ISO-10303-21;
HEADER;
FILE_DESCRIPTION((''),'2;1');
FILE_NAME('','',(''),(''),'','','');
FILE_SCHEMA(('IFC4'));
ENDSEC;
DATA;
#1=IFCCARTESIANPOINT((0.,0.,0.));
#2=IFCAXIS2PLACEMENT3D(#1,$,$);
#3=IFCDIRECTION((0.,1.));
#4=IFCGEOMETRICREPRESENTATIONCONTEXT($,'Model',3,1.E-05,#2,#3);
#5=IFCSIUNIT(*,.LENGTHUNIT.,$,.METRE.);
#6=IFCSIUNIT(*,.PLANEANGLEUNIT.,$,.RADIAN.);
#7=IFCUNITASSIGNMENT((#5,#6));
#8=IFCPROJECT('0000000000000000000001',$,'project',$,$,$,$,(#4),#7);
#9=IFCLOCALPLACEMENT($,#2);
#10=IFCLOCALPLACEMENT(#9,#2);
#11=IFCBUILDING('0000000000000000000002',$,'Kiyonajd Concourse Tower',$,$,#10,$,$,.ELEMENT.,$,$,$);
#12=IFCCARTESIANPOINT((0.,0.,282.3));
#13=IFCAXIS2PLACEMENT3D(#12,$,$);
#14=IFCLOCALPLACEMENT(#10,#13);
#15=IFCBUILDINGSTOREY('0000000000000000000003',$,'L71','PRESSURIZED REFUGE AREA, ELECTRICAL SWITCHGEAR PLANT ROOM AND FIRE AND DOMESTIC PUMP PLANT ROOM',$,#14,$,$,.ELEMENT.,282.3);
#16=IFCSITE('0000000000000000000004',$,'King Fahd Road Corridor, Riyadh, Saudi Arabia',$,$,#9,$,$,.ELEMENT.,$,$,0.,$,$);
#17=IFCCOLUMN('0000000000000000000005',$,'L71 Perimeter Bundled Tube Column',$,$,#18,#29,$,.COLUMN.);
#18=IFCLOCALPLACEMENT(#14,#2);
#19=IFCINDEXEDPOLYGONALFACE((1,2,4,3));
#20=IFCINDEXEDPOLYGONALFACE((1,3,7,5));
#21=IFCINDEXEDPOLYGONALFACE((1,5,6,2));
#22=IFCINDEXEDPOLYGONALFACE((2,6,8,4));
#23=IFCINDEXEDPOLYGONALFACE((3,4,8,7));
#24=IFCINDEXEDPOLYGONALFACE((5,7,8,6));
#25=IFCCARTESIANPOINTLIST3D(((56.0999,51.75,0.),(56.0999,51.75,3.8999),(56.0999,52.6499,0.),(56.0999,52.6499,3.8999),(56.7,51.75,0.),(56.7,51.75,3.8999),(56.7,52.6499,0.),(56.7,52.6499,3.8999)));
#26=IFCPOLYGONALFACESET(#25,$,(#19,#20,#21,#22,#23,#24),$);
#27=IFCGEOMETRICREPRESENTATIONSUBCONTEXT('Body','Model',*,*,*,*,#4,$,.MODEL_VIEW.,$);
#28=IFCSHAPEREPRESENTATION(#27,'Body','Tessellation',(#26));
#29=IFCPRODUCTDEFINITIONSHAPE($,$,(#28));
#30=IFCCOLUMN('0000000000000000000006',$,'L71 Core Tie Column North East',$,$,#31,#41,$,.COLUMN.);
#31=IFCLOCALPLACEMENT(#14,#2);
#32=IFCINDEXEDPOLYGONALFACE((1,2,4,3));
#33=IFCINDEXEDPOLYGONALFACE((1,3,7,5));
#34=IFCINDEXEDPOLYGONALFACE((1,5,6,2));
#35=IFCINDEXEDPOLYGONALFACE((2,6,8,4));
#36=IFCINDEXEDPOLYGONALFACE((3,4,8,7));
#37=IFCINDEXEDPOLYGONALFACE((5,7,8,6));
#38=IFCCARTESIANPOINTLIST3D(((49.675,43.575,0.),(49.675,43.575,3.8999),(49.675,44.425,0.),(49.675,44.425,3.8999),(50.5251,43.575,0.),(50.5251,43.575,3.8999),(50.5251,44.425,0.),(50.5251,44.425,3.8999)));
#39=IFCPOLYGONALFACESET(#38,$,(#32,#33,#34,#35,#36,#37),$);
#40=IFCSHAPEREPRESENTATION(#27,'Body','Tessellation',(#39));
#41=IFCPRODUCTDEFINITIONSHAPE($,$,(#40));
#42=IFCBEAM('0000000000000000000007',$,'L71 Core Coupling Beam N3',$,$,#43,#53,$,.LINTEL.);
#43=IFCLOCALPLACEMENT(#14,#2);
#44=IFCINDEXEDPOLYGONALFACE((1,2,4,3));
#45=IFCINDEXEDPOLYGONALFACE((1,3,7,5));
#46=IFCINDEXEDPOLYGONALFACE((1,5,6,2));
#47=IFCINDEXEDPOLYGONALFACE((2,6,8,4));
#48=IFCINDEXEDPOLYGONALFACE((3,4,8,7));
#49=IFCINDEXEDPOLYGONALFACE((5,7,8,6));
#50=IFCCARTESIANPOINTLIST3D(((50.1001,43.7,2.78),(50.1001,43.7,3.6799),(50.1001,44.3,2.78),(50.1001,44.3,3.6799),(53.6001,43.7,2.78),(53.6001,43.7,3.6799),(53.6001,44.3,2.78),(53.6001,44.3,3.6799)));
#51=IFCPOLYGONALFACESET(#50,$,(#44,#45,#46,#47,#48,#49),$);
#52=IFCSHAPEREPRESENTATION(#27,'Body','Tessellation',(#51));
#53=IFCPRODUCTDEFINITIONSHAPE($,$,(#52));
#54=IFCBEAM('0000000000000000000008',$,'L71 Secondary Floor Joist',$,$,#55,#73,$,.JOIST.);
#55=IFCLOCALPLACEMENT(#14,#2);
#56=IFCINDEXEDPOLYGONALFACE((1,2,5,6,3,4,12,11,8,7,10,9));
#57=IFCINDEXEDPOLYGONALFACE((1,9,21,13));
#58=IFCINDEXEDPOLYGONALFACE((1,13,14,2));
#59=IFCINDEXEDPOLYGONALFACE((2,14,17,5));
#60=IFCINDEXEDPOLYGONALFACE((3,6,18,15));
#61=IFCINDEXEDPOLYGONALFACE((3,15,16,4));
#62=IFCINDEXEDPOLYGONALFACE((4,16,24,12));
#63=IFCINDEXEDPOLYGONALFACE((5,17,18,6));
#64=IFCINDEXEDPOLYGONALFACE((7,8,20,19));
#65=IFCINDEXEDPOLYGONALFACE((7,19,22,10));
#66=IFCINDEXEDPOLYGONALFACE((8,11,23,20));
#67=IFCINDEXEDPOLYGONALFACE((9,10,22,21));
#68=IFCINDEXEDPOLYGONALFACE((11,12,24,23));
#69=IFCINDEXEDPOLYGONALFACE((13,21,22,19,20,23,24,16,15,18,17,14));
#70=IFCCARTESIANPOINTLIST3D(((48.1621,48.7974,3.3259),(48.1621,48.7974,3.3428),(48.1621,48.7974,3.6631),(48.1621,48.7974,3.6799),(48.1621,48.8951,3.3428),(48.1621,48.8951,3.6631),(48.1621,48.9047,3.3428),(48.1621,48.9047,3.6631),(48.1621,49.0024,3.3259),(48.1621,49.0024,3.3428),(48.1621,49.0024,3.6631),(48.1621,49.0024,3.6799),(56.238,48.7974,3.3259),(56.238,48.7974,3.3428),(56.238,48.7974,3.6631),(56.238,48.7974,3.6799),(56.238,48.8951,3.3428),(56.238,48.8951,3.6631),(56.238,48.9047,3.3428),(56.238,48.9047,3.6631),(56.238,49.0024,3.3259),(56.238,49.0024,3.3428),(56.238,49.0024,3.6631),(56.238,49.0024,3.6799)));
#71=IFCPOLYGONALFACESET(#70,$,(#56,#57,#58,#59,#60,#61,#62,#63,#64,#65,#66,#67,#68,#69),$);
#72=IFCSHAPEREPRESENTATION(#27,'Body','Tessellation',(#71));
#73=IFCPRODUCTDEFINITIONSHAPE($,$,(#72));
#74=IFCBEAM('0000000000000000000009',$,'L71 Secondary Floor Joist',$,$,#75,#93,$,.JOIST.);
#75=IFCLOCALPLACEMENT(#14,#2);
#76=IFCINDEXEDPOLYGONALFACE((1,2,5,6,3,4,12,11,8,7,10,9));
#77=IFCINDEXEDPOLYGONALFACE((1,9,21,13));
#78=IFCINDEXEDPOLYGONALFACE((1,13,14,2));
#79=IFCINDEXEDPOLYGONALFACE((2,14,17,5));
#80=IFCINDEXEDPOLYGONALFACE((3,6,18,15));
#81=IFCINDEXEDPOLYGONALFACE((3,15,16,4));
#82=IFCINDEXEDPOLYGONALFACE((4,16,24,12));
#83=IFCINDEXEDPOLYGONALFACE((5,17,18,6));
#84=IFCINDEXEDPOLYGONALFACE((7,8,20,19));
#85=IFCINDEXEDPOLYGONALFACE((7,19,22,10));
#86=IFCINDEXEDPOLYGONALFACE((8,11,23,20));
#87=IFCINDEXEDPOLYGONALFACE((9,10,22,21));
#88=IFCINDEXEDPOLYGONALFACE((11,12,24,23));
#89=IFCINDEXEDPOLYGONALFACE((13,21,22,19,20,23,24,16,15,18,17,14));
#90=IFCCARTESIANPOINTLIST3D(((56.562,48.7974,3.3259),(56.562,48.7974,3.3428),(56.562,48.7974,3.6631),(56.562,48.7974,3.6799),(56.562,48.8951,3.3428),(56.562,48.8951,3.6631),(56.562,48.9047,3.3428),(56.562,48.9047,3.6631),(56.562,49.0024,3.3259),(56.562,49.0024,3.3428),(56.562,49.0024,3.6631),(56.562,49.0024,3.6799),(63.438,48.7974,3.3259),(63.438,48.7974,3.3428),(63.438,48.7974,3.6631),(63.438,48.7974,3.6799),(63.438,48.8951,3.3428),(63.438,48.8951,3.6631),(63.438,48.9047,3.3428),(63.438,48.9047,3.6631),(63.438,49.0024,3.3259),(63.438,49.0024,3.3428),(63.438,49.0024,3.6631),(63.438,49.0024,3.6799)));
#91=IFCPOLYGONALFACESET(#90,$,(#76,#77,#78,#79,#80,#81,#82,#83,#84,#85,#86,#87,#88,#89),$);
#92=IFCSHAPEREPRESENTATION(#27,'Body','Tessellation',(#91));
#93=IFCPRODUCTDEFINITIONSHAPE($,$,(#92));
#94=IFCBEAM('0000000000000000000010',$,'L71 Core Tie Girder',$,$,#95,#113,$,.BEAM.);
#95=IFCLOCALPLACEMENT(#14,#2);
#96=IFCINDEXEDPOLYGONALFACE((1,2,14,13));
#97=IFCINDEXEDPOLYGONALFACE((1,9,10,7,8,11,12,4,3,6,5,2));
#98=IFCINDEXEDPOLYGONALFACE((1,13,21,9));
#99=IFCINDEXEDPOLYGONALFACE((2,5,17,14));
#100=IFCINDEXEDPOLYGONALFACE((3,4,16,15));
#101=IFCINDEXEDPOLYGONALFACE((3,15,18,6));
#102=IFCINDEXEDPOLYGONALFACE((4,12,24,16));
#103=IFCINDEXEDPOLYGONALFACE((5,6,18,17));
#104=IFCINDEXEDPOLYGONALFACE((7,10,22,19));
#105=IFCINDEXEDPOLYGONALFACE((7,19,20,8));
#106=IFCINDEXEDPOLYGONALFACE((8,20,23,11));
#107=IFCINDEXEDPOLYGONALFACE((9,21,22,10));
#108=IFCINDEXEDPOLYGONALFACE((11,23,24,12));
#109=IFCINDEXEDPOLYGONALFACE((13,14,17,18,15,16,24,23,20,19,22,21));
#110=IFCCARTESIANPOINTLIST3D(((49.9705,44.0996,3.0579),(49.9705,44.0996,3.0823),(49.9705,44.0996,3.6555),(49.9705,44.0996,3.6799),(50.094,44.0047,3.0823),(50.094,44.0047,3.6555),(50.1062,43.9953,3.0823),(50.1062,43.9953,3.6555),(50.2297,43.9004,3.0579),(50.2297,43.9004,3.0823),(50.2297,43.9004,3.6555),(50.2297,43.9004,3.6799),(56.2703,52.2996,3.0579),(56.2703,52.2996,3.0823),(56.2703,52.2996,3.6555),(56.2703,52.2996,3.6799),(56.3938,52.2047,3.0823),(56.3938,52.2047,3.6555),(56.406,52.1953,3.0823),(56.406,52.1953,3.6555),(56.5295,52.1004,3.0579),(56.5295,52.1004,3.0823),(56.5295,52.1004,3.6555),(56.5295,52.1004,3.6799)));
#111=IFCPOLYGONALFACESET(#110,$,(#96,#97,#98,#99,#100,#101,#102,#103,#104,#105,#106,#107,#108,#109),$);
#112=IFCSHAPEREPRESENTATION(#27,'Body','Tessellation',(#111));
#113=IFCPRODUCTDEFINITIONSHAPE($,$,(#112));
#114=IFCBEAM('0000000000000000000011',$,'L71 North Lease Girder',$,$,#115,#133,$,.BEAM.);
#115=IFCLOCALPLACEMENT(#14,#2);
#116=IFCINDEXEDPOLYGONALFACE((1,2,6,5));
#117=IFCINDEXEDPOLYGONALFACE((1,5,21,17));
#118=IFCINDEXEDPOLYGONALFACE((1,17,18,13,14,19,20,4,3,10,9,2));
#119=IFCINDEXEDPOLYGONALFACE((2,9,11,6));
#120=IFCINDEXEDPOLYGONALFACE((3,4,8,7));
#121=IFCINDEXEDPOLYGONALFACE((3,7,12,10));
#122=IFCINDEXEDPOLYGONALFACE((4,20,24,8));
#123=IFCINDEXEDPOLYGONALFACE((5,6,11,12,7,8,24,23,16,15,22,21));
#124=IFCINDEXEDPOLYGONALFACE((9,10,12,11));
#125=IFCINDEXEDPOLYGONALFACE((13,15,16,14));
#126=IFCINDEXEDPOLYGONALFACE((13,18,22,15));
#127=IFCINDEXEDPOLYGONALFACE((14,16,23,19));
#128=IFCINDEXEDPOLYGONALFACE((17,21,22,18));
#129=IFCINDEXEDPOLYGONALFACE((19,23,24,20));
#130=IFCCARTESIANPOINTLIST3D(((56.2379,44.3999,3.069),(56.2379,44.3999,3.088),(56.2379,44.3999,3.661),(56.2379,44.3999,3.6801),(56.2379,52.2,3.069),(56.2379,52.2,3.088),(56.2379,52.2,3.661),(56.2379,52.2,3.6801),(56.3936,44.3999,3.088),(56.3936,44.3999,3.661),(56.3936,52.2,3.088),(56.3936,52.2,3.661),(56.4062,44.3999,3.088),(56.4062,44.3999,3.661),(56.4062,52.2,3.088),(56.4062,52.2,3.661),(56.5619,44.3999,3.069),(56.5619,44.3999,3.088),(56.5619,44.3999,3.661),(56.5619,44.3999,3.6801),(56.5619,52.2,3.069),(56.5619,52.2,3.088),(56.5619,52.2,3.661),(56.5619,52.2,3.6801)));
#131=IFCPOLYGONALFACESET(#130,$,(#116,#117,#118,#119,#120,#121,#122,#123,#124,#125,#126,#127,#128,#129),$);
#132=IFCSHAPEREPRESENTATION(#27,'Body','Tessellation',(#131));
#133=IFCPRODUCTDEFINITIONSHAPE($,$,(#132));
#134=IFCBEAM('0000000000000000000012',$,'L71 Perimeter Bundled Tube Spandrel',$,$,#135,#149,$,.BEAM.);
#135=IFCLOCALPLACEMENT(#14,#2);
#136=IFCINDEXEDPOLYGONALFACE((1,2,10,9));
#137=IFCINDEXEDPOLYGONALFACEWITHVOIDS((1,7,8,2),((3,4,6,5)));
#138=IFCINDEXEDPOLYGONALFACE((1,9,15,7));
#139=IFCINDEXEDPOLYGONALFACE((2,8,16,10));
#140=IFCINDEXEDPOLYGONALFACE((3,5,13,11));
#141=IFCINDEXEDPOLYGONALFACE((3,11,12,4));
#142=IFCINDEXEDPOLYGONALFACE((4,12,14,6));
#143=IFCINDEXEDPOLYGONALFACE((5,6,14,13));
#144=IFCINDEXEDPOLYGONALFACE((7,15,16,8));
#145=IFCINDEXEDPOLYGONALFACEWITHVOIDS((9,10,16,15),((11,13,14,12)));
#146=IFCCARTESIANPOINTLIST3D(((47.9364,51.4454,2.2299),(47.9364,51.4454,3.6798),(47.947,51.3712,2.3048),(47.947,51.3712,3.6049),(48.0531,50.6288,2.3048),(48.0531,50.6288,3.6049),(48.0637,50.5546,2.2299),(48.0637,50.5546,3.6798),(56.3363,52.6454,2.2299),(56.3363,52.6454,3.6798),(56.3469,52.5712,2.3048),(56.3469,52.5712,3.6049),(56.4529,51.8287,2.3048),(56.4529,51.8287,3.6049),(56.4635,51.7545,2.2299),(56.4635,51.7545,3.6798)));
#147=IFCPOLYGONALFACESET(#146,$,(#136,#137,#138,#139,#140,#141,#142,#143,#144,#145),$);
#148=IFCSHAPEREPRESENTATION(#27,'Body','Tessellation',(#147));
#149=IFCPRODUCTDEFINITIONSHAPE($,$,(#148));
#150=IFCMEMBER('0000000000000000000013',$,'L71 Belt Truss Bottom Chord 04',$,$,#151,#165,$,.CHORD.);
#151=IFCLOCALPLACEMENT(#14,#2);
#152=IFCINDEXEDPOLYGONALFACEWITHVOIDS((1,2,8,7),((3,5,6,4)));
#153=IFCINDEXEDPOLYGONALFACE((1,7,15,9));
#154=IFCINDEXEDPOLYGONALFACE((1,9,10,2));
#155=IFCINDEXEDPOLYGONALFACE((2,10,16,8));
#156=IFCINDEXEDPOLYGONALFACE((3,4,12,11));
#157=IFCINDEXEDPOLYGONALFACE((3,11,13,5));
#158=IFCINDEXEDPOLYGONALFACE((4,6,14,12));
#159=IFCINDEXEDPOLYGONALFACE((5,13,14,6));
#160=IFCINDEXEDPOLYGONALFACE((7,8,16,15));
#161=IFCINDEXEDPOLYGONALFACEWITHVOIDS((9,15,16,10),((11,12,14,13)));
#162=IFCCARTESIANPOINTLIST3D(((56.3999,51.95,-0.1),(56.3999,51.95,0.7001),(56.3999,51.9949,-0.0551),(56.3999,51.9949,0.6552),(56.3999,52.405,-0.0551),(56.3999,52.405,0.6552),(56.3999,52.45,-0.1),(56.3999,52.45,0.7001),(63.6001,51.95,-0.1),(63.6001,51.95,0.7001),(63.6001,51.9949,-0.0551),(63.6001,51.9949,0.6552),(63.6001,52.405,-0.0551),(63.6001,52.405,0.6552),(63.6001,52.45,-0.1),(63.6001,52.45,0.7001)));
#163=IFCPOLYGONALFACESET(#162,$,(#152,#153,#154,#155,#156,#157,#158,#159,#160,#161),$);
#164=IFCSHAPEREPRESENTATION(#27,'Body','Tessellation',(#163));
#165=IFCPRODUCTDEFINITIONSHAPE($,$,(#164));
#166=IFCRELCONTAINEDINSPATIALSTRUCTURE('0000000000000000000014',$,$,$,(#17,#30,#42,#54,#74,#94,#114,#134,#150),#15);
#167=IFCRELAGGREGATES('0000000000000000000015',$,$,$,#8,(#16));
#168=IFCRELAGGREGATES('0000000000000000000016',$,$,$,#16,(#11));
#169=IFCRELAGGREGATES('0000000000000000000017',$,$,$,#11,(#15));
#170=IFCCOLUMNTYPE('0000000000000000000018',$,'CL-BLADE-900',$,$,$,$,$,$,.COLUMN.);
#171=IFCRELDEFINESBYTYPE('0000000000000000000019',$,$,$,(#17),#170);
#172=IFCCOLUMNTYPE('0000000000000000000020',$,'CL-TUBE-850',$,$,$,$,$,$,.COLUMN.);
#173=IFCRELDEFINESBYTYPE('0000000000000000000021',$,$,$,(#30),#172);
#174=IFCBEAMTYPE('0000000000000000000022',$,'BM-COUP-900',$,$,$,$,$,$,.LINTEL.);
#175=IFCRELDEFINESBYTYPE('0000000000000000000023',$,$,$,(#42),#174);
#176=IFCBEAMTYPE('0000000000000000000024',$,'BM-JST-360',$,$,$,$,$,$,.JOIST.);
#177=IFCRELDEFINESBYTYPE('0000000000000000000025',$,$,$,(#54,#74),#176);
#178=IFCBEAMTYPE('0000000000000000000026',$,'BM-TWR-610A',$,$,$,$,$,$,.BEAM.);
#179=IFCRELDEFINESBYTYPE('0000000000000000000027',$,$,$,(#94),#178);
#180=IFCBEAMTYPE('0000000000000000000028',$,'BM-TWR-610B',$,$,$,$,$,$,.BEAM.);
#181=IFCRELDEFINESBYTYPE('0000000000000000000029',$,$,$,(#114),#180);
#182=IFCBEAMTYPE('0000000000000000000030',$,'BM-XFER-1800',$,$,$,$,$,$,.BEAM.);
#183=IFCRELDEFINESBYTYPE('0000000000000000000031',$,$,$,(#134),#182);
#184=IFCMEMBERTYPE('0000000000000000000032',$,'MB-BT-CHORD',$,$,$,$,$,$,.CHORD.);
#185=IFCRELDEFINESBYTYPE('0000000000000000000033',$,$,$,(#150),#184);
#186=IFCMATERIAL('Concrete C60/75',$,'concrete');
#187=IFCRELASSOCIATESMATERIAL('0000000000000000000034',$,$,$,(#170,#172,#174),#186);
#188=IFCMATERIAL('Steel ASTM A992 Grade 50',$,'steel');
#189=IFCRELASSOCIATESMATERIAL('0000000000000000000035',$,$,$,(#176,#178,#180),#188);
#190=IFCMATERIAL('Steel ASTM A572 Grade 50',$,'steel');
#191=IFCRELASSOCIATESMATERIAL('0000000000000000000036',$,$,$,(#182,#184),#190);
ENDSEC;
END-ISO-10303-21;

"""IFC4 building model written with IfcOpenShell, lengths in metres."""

from ifc_helpers import new_model, si_unit, direction, frame, origin, origin_2d, place, context, subcontext, project, spatial, rectangle, hollow_rectangle, i_section, extrude, material, material_profile, profile_set, type_object, element, save


model = new_model("IFC4")

# Units and contexts
model_context = context("Model", 3, precision=1e-05, world=origin(), true_north=direction((0.0, 1.0)))
body_context = subcontext(model_context, "Body", "Model", "MODEL_VIEW")
ifc_project = project(units=[si_unit("LENGTHUNIT", "METRE"), si_unit("PLANEANGLEUNIT", "RADIAN")], contexts=[model_context])

# Site, building, storey
site_placement = place(None, origin())
site = spatial("IfcSite", under=ifc_project, at=site_placement, Name="King Fahd Road Corridor, Riyadh, Saudi Arabia", CompositionType="ELEMENT", RefElevation=0.0)
building_placement = place(site_placement, origin())
building = spatial("IfcBuilding", under=site, at=building_placement, Name="Kiyonajd Concourse Tower", CompositionType="ELEMENT")
storey_placement = place(building_placement, frame((0.0, 0.0, 282.3)))
storey = spatial("IfcBuildingStorey", under=building, at=storey_placement, Name="L71", Description="PRESSURIZED REFUGE AREA, ELECTRICAL SWITCHGEAR PLANT ROOM AND FIRE AND DOMESTIC PUMP PLANT ROOM", CompositionType="ELEMENT", Elevation=282.3)

# Columns
ifc_material_1 = material(Name="Concrete C60/75", Category="concrete")
ifc_material_profile_1 = material_profile(ifc_material_1, rectangle(XDim=0.6001, YDim=0.8999, at=origin_2d()), Name="RC-900x600")
ifc_profile_set_1 = profile_set([ifc_material_profile_1], Name="Concrete C60/75")
column_type_1 = type_object("IfcColumnType", Name="CL-BLADE-900", PredefinedType="COLUMN", material=ifc_profile_set_1)
column_1_placement = place(storey_placement, frame((56.3999, 52.2, 0.0), z_axis=(0.0, 0.0, 1.0), x_axis=(1.0, 0.0, 0.0)))
element("IfcColumn", 1, at=column_1_placement, inside=storey, type_object=column_type_1, Name="L71 Perimeter Bundled Tube Column", PredefinedType="COLUMN", context=body_context, shape_type="SweptSolid", body=[
    extrude(rectangle(XDim=0.6001, YDim=0.8999, at=origin_2d()), origin(), (0.0, 0.0, 1.0), 3.8999),
])
ifc_material_profile_2 = material_profile(ifc_material_1, rectangle(XDim=0.8501, YDim=0.8501, at=origin_2d()), Name="RC-850x850")
ifc_profile_set_2 = profile_set([ifc_material_profile_2], Name="Concrete C60/75")
column_type_2 = type_object("IfcColumnType", Name="CL-TUBE-850", PredefinedType="COLUMN", material=ifc_profile_set_2)
column_2_placement = place(storey_placement, frame((50.1001, 44.0, 0.0), z_axis=(0.0, 0.0, 1.0), x_axis=(1.0, 0.0, 0.0)))
element("IfcColumn", 2, at=column_2_placement, inside=storey, type_object=column_type_2, Name="L71 Core Tie Column North East", PredefinedType="COLUMN", context=body_context, shape_type="SweptSolid", body=[
    extrude(rectangle(XDim=0.8501, YDim=0.8501, at=origin_2d()), origin(), (0.0, 0.0, 1.0), 3.8999),
])

# Beams
ifc_material_profile_3 = material_profile(ifc_material_1, rectangle(XDim=0.6001, YDim=0.8999, at=origin_2d()), Name="RCBM-600x900")
ifc_profile_set_3 = profile_set([ifc_material_profile_3], Name="Concrete C60/75")
beam_type_1 = type_object("IfcBeamType", Name="BM-COUP-900", PredefinedType="LINTEL", material=ifc_profile_set_3)
beam_1_placement = place(storey_placement, frame((50.1001, 44.0, 3.23), z_axis=(1.0, 0.0, 0.0), x_axis=(0.0, 1.0, 0.0)))
element("IfcBeam", 3, at=beam_1_placement, inside=storey, type_object=beam_type_1, Name="L71 Core Coupling Beam N3", PredefinedType="LINTEL", context=body_context, shape_type="SweptSolid", body=[
    extrude(rectangle(XDim=0.6001, YDim=0.8999, at=origin_2d()), origin(), (0.0, 0.0, 1.0), 3.5),
])
ifc_material_2 = material(Name="Steel ASTM A992 Grade 50", Category="steel")
ifc_material_profile_4 = material_profile(ifc_material_2, i_section(OverallWidth=0.2051, OverallDepth=0.354, WebThickness=0.0095, FlangeThickness=0.0168, at=origin_2d()), Name="W360X79")
ifc_profile_set_4 = profile_set([ifc_material_profile_4], Name="Steel ASTM A992 Grade 50")
beam_type_2 = type_object("IfcBeamType", Name="BM-JST-360", PredefinedType="JOIST", material=ifc_profile_set_4)
beam_2_placement = place(storey_placement, frame((48.1621, 48.8999, 3.5029), z_axis=(1.0, 0.0, 0.0), x_axis=(0.0, 1.0, 0.0)))
element("IfcBeam", 4, at=beam_2_placement, inside=storey, type_object=beam_type_2, Name="L71 Secondary Floor Joist", PredefinedType="JOIST", context=body_context, shape_type="SweptSolid", body=[
    extrude(i_section(OverallWidth=0.2051, OverallDepth=0.354, WebThickness=0.0095, FlangeThickness=0.0168, at=origin_2d()), origin(), (0.0, 0.0, 1.0), 8.0759),
])
beam_3_placement = place(storey_placement, frame((56.562, 48.8999, 3.5029), z_axis=(1.0, 0.0, 0.0), x_axis=(0.0, 1.0, 0.0)))
element("IfcBeam", 5, at=beam_3_placement, inside=storey, type_object=beam_type_2, Name="L71 Secondary Floor Joist", PredefinedType="JOIST", context=body_context, shape_type="SweptSolid", body=[
    extrude(i_section(OverallWidth=0.2051, OverallDepth=0.354, WebThickness=0.0095, FlangeThickness=0.0168, at=origin_2d()), origin(), (0.0, 0.0, 1.0), 6.876),
])
ifc_material_profile_5 = material_profile(ifc_material_2, i_section(OverallWidth=0.3269, OverallDepth=0.6221, WebThickness=0.0154, FlangeThickness=0.0244, at=origin_2d()), Name="W610X195")
ifc_profile_set_5 = profile_set([ifc_material_profile_5], Name="Steel ASTM A992 Grade 50")
beam_type_3 = type_object("IfcBeamType", Name="BM-TWR-610A", PredefinedType="BEAM", material=ifc_profile_set_5)
beam_4_placement = place(storey_placement, frame((50.1001, 44.0, 3.3689), z_axis=(0.609234, 0.792991, 0.0), x_axis=(-0.792991, 0.609234, 0.0)))
element("IfcBeam", 6, at=beam_4_placement, inside=storey, type_object=beam_type_3, Name="L71 Core Tie Girder", PredefinedType="BEAM", context=body_context, shape_type="SweptSolid", body=[
    extrude(i_section(OverallWidth=0.3269, OverallDepth=0.6221, WebThickness=0.0154, FlangeThickness=0.0244, at=origin_2d()), origin(), (0.0, 0.0, 1.0), 10.3406),
])
ifc_material_profile_6 = material_profile(ifc_material_2, i_section(OverallWidth=0.324, OverallDepth=0.6111, WebThickness=0.0127, FlangeThickness=0.019, at=origin_2d()), Name="W610X155")
ifc_profile_set_6 = profile_set([ifc_material_profile_6], Name="Steel ASTM A992 Grade 50")
beam_type_4 = type_object("IfcBeamType", Name="BM-TWR-610B", PredefinedType="BEAM", material=ifc_profile_set_6)
beam_5_placement = place(storey_placement, frame((56.3999, 44.3999, 3.3745), z_axis=(0.0, 1.0, 0.0), x_axis=(-1.0, 0.0, 0.0)))
element("IfcBeam", 7, at=beam_5_placement, inside=storey, type_object=beam_type_4, Name="L71 North Lease Girder", PredefinedType="BEAM", context=body_context, shape_type="SweptSolid", body=[
    extrude(i_section(OverallWidth=0.324, OverallDepth=0.6111, WebThickness=0.0127, FlangeThickness=0.019, at=origin_2d()), origin(), (0.0, 0.0, 1.0), 7.8),
])
ifc_material_3 = material(Name="Steel ASTM A572 Grade 50", Category="steel")
ifc_material_profile_7 = material_profile(ifc_material_3, hollow_rectangle(XDim=0.8999, YDim=1.45, WallThickness=0.075, at=origin_2d()), Name="BOX-1450x900x75")
ifc_profile_set_7 = profile_set([ifc_material_profile_7], Name="Steel ASTM A572 Grade 50")
beam_type_5 = type_object("IfcBeamType", Name="BM-XFER-1800", PredefinedType="BEAM", material=ifc_profile_set_7)
beam_6_placement = place(storey_placement, frame((56.3999, 52.2, 2.9548), z_axis=(-0.98995, -0.141417, 0.0), x_axis=(0.141417, -0.98995, 0.0)))
element("IfcBeam", 8, at=beam_6_placement, inside=storey, type_object=beam_type_5, Name="L71 Perimeter Bundled Tube Spandrel", PredefinedType="BEAM", context=body_context, shape_type="SweptSolid", body=[
    extrude(hollow_rectangle(XDim=0.8999, YDim=1.45, WallThickness=0.075, at=origin_2d()), origin(), (0.0, 0.0, 1.0), 8.4851),
])

# Member
ifc_material_profile_8 = material_profile(ifc_material_3, hollow_rectangle(XDim=0.5, YDim=0.8, WallThickness=0.0449, at=origin_2d()), Name="BOX-800x500x45")
ifc_profile_set_8 = profile_set([ifc_material_profile_8], Name="Steel ASTM A572 Grade 50")
member_type_1 = type_object("IfcMemberType", Name="MB-BT-CHORD", PredefinedType="CHORD", material=ifc_profile_set_8)
member_1_placement = place(storey_placement, frame((56.3999, 52.2, 0.3), z_axis=(1.0, 0.0, 0.0), x_axis=(0.0, 1.0, 0.0)))
element("IfcMember", 9, at=member_1_placement, inside=storey, type_object=member_type_1, Name="L71 Belt Truss Bottom Chord 04", PredefinedType="CHORD", context=body_context, shape_type="SweptSolid", body=[
    extrude(hollow_rectangle(XDim=0.5, YDim=0.8, WallThickness=0.0449, at=origin_2d()), origin(), (0.0, 0.0, 1.0), 7.2002),
])

save(model, "model.ifc")
